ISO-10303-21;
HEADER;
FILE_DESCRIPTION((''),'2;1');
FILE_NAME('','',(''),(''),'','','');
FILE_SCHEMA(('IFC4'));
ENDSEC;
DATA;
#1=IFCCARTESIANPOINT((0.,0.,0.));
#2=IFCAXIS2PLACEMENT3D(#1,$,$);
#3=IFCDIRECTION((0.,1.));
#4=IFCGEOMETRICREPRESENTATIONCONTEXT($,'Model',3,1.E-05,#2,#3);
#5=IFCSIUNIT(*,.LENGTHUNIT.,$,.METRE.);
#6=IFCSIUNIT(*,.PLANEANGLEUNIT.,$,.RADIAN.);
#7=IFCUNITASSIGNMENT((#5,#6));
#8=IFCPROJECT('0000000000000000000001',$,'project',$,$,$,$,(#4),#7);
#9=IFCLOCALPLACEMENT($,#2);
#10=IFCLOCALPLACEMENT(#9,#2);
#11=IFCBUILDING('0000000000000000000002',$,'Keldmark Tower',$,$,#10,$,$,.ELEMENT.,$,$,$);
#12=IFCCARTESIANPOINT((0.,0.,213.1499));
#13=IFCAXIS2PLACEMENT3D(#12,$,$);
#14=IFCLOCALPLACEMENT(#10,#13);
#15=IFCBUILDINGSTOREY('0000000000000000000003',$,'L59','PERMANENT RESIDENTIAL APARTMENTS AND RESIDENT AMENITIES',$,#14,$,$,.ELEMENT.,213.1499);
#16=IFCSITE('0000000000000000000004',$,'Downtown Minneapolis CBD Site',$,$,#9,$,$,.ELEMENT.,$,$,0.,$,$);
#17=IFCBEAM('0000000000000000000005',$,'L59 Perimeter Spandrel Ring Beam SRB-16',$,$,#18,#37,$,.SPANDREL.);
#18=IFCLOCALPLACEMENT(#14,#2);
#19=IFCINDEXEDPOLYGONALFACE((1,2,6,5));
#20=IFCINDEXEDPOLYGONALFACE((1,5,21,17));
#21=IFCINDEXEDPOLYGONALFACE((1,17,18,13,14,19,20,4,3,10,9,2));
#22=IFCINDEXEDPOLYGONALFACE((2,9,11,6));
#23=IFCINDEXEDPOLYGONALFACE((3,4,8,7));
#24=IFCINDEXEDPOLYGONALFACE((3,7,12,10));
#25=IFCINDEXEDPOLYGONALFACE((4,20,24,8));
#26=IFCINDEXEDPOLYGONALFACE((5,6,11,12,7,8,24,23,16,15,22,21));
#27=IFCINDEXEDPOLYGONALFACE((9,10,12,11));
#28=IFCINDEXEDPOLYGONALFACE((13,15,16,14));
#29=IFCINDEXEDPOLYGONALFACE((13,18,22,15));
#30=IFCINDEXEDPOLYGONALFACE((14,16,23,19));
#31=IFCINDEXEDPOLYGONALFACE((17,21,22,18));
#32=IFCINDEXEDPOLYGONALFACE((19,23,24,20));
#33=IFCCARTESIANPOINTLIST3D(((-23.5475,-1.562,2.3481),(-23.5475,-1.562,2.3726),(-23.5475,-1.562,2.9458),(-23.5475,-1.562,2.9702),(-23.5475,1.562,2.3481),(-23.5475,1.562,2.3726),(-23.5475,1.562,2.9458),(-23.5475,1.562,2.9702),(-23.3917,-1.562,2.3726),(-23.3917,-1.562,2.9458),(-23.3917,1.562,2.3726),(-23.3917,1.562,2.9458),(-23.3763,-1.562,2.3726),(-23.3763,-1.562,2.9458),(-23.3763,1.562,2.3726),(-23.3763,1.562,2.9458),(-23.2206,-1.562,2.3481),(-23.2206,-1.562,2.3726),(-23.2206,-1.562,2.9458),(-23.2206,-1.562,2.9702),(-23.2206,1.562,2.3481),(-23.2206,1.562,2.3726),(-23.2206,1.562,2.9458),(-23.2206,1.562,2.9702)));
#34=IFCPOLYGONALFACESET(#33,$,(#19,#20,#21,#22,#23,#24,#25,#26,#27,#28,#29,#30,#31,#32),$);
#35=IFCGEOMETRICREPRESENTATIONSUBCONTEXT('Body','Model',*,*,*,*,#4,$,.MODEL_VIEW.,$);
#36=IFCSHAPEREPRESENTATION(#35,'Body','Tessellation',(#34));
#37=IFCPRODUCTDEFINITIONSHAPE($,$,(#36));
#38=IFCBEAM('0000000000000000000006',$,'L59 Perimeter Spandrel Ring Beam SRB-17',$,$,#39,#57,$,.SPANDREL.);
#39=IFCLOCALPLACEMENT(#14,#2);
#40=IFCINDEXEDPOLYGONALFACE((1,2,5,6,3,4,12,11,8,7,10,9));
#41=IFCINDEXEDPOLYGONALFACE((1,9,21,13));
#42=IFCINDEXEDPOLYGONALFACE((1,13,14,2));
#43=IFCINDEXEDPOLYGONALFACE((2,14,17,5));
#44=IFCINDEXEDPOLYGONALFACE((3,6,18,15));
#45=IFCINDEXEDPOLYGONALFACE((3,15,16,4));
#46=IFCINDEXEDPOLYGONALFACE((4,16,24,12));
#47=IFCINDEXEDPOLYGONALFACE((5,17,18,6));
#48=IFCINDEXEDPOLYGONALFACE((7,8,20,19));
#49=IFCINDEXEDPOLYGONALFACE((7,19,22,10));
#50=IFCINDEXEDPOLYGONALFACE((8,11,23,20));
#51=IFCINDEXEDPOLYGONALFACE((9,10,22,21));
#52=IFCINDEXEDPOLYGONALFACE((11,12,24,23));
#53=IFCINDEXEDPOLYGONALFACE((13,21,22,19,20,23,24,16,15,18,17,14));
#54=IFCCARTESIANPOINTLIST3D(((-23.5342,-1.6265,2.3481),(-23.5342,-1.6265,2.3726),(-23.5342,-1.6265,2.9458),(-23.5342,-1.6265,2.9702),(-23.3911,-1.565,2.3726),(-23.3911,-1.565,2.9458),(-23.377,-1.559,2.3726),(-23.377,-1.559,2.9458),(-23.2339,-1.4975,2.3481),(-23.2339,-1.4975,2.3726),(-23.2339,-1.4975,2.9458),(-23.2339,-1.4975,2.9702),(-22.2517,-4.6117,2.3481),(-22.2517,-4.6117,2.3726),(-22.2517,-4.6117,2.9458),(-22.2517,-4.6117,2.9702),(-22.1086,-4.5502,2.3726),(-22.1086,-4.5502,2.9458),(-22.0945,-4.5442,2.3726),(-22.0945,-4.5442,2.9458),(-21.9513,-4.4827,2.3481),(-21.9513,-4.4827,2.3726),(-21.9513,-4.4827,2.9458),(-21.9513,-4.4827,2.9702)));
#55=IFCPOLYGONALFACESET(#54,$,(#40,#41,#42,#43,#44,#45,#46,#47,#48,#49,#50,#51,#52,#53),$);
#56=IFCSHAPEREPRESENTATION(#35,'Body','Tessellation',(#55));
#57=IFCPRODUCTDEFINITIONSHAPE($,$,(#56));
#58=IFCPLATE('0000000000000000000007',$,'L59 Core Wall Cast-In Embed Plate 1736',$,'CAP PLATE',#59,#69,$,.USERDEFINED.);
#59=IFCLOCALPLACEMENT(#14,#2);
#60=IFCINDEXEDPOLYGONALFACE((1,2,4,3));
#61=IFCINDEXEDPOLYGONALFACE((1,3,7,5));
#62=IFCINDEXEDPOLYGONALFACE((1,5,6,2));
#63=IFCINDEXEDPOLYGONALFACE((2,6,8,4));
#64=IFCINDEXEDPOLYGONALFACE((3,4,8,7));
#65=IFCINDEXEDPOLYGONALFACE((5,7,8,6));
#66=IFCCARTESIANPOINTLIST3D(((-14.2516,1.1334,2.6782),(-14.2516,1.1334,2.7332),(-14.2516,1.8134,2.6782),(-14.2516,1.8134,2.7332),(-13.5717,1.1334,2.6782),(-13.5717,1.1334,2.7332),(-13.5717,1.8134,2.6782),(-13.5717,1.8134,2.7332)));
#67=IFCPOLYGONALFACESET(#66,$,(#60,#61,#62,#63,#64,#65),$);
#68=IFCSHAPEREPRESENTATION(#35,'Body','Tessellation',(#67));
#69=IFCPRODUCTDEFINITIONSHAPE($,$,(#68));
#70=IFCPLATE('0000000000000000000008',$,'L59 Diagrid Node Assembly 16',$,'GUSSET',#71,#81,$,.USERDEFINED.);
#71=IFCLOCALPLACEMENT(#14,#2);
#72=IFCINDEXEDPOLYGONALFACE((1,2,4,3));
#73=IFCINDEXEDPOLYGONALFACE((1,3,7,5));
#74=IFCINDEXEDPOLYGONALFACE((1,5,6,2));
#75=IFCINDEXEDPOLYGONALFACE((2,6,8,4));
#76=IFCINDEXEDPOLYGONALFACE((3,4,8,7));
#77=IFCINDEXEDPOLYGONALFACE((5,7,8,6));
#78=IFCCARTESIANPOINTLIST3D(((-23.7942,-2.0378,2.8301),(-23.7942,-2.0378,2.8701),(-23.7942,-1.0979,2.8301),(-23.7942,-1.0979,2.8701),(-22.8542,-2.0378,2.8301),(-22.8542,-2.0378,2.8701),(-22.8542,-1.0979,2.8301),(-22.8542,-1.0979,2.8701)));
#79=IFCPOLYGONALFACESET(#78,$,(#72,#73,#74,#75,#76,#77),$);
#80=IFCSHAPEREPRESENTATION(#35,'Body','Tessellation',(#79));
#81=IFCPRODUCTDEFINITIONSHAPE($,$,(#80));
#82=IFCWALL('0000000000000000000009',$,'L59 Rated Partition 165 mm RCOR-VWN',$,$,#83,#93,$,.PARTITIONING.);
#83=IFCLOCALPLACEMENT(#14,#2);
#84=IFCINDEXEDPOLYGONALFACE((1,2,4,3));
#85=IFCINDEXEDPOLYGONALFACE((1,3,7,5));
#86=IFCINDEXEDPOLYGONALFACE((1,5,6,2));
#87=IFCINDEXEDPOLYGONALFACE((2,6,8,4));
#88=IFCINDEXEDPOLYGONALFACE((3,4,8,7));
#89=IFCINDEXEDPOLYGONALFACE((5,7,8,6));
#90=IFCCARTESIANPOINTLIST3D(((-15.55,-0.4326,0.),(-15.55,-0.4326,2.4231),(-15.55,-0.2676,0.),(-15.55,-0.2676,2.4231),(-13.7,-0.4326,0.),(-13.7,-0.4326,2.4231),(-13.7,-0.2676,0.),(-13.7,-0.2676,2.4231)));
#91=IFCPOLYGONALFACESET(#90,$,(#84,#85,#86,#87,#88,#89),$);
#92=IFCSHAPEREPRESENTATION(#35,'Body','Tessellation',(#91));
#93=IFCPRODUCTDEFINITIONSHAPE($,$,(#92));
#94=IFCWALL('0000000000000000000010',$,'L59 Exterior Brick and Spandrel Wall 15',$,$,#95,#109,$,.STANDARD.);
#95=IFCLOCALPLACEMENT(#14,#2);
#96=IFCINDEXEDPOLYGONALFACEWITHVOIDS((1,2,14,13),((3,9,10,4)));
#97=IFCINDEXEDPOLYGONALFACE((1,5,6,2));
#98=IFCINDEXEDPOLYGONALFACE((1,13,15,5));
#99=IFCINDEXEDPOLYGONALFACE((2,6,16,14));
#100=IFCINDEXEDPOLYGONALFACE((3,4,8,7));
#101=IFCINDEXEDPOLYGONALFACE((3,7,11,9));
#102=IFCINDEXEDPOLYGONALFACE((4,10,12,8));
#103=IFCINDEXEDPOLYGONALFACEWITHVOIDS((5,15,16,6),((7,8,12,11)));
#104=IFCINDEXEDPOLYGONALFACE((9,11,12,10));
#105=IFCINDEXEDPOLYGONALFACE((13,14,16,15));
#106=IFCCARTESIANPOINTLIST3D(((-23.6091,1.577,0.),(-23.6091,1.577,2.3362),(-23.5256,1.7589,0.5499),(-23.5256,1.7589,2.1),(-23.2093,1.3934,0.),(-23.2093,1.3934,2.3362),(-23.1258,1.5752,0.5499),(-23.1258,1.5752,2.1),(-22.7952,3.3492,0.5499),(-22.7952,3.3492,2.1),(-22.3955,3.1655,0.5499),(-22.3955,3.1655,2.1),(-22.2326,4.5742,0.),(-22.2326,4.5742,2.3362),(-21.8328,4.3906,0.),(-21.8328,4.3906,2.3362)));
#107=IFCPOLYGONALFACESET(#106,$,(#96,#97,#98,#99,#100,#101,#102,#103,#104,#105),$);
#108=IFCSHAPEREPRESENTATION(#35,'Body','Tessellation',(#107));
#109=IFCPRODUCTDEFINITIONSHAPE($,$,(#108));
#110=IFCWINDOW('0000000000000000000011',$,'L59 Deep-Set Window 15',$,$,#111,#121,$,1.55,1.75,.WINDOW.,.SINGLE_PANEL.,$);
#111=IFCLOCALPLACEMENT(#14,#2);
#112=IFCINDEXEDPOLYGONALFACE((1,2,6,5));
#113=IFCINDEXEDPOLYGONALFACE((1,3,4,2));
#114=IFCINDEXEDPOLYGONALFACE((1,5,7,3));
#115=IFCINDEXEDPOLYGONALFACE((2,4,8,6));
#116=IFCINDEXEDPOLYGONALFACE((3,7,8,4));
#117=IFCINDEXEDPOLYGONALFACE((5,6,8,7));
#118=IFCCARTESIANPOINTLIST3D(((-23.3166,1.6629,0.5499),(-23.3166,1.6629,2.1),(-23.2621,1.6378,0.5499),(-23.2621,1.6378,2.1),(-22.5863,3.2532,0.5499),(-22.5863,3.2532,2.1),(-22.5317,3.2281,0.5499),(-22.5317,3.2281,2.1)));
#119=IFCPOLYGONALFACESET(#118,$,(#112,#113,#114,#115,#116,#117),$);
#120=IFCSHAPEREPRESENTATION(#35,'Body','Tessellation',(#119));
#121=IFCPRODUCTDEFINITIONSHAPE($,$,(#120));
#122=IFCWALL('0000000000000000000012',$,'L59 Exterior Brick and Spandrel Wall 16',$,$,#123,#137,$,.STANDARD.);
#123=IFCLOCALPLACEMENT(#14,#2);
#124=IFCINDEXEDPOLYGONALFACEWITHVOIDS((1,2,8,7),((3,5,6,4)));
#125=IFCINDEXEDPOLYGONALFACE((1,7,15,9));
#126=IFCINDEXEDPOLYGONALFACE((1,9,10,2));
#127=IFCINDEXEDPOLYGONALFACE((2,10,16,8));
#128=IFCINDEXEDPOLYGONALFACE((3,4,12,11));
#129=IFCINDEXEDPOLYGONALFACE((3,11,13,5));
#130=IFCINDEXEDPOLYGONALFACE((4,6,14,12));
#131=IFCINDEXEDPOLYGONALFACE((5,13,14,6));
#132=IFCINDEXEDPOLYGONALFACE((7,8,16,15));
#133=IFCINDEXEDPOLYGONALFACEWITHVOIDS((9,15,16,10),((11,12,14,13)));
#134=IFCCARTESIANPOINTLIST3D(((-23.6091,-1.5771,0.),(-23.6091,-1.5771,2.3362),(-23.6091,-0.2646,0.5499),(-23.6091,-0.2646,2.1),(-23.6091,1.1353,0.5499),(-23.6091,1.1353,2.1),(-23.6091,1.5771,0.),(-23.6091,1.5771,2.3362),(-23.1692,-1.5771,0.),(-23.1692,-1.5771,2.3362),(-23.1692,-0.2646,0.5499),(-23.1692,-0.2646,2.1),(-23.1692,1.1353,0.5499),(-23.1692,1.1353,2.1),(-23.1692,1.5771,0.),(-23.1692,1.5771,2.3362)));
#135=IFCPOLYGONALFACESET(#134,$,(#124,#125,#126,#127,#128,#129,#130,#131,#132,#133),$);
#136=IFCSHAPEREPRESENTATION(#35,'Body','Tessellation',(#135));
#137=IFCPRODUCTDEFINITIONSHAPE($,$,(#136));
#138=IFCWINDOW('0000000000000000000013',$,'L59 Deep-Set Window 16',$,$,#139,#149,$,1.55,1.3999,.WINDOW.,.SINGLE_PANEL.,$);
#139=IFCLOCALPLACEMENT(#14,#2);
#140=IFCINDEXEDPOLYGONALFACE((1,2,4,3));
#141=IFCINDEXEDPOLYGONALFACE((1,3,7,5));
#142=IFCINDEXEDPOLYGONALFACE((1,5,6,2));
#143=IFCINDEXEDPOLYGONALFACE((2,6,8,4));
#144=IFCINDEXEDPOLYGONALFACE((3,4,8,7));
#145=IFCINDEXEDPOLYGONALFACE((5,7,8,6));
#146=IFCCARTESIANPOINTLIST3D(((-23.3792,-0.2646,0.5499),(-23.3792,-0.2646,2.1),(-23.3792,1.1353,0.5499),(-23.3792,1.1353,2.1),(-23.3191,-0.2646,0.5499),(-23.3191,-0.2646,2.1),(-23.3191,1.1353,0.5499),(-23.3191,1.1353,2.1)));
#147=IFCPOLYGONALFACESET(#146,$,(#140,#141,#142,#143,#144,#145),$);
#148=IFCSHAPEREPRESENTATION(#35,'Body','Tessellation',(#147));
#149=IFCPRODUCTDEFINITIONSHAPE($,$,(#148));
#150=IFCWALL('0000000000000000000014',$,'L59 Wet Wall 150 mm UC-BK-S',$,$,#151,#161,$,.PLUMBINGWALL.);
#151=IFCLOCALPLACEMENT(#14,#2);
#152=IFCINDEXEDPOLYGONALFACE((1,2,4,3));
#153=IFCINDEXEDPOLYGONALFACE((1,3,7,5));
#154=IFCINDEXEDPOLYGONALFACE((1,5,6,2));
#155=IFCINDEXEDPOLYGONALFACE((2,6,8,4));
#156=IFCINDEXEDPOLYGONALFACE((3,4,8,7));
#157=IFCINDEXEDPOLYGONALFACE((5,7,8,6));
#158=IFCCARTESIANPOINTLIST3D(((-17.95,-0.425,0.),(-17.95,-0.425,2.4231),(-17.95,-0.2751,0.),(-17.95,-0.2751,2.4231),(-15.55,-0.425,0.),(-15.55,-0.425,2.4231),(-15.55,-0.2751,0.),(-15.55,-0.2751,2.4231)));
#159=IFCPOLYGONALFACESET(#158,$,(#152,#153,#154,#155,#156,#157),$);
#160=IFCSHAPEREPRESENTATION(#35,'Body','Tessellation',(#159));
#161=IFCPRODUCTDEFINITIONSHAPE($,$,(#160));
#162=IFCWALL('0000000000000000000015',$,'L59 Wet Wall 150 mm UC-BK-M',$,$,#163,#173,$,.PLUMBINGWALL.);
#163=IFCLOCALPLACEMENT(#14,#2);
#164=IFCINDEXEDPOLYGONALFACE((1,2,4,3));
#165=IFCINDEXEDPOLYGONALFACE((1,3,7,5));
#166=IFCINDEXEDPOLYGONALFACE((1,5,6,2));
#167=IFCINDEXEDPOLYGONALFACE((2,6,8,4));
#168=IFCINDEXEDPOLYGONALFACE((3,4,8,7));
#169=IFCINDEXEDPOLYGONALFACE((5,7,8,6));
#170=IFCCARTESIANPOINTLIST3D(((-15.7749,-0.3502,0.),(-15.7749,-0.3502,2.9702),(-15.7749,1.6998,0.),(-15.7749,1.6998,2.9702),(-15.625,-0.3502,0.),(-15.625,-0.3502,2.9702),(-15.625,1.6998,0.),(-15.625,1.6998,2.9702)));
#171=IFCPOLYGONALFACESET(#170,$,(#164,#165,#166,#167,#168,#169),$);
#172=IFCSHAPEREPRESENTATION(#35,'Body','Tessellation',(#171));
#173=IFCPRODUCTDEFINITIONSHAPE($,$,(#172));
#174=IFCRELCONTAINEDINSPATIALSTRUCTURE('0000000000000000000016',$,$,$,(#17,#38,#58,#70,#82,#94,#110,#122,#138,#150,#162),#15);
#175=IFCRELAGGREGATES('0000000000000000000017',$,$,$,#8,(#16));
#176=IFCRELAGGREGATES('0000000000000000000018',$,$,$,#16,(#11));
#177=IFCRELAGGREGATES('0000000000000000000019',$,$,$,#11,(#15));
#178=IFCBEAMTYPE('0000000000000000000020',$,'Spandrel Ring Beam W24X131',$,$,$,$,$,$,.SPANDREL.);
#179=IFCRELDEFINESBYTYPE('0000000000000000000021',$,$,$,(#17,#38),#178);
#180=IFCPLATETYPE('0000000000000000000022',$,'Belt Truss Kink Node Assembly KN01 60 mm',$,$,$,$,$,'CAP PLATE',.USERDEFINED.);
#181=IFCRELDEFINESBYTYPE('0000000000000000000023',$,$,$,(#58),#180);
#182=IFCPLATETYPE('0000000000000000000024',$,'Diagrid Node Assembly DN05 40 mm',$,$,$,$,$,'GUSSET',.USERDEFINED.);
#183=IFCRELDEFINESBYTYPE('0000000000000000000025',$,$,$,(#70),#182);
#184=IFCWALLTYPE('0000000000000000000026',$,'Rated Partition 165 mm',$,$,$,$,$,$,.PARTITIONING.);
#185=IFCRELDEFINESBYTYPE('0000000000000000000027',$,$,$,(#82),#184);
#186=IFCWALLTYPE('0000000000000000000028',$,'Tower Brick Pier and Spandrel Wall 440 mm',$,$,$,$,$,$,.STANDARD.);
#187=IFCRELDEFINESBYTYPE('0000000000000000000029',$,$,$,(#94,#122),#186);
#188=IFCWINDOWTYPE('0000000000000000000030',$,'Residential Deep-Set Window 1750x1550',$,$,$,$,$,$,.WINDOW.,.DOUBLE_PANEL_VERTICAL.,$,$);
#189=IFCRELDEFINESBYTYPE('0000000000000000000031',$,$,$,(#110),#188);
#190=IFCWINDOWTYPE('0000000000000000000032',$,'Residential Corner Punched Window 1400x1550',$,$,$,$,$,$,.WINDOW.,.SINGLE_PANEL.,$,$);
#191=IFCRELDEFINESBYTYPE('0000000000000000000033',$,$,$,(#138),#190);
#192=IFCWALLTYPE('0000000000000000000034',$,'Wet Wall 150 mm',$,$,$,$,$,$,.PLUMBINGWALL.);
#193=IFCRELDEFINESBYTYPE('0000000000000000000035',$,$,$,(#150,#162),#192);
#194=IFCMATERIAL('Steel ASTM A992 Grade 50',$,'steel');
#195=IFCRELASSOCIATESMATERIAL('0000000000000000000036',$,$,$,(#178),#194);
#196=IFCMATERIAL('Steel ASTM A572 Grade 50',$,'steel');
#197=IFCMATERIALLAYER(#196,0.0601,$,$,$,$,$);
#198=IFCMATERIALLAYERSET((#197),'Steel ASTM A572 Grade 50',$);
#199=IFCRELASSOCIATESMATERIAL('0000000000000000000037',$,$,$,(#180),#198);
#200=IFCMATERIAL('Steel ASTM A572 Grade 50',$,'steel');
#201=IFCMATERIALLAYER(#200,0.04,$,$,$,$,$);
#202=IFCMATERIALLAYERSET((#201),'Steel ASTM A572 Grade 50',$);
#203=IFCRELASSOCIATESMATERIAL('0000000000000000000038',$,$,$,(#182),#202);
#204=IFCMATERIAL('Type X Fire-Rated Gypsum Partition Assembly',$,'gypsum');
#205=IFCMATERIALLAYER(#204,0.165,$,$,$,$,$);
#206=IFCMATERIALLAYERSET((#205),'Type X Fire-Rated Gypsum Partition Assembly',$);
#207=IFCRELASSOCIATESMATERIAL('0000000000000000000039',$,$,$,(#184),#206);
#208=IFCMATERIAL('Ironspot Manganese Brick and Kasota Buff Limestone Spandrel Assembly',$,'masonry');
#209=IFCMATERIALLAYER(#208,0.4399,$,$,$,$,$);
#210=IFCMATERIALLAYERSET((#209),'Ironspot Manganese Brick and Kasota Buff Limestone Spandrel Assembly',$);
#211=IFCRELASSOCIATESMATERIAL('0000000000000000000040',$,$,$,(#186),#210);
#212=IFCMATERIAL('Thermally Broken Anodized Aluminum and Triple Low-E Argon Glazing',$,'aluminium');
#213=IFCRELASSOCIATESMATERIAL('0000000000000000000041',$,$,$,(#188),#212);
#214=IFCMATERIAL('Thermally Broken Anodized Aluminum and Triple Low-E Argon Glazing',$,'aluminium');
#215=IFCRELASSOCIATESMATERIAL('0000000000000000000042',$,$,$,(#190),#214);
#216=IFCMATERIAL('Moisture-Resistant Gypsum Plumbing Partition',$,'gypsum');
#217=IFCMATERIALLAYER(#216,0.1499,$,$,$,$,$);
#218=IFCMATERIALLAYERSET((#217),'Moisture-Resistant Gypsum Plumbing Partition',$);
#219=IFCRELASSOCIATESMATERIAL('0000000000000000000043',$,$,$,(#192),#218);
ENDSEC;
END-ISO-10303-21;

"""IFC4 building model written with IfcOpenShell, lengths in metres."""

from ifc_helpers import new_model, si_unit, direction, frame, frame_2d, origin, origin_2d, place, context, subcontext, project, spatial, rectangle, i_section, extrude, material, layer, layer_set, material_profile, profile_set, type_object, element, fill, save


model = new_model("IFC4")

# Units and contexts
model_context = context("Model", 3, precision=1e-05, world=origin(), true_north=direction((0.0, 1.0)))
body_context = subcontext(model_context, "Body", "Model", "MODEL_VIEW")
ifc_project = project(units=[si_unit("LENGTHUNIT", "METRE"), si_unit("PLANEANGLEUNIT", "RADIAN")], contexts=[model_context])

# Site, building, storey
site_placement = place(None, origin())
site = spatial("IfcSite", under=ifc_project, at=site_placement, Name="Downtown Minneapolis CBD Site", CompositionType="ELEMENT", RefElevation=0.0)
building_placement = place(site_placement, origin())
building = spatial("IfcBuilding", under=site, at=building_placement, Name="Keldmark Tower", CompositionType="ELEMENT")
storey_placement = place(building_placement, frame((0.0, 0.0, 213.1499)))
storey = spatial("IfcBuildingStorey", under=building, at=storey_placement, Name="L59", Description="PERMANENT RESIDENTIAL APARTMENTS AND RESIDENT AMENITIES", CompositionType="ELEMENT", Elevation=213.1499)

# Beams
ifc_material_1 = material(Name="Steel ASTM A992 Grade 50", Category="steel")
ifc_material_profile_1 = material_profile(ifc_material_1, i_section(OverallWidth=0.3269, OverallDepth=0.6221, WebThickness=0.0154, FlangeThickness=0.0244, at=origin_2d()), Name="W24X131")
ifc_profile_set_1 = profile_set([ifc_material_profile_1], Name="Steel ASTM A992 Grade 50")
beam_type_1 = type_object("IfcBeamType", Name="Spandrel Ring Beam W24X131", PredefinedType="SPANDREL", material=ifc_profile_set_1)
beam_1_placement = place(storey_placement, frame((-23.384, 1.562, 2.6592), z_axis=(0.0, -1.0, 0.0), x_axis=(1.0, 0.0, 0.0)))
element("IfcBeam", 1, at=beam_1_placement, inside=storey, type_object=beam_type_1, Name="L59 Perimeter Spandrel Ring Beam SRB-16", PredefinedType="SPANDREL", context=body_context, shape_type="SweptSolid", body=[
    extrude(i_section(OverallWidth=0.3269, OverallDepth=0.6221, WebThickness=0.0154, FlangeThickness=0.0244, at=origin_2d()), origin(), (0.0, 0.0, 1.0), 3.124),
])
beam_2_placement = place(storey_placement, frame((-23.384, -1.562, 2.6592), z_axis=(0.394735, -0.918795, 0.0), x_axis=(0.918795, 0.394735, 0.0)))
element("IfcBeam", 2, at=beam_2_placement, inside=storey, type_object=beam_type_1, Name="L59 Perimeter Spandrel Ring Beam SRB-17", PredefinedType="SPANDREL", context=body_context, shape_type="SweptSolid", body=[
    extrude(i_section(OverallWidth=0.3269, OverallDepth=0.6221, WebThickness=0.0154, FlangeThickness=0.0244, at=origin_2d()), origin(), (0.0, 0.0, 1.0), 3.249),
])

# Plates
ifc_material_2 = material(Name="Steel ASTM A572 Grade 50", Category="steel")
ifc_layer_1 = layer(ifc_material_2, 0.0601)
ifc_layer_set_1 = layer_set([ifc_layer_1], Name="Steel ASTM A572 Grade 50")
plate_type_1 = type_object("IfcPlateType", Name="Belt Truss Kink Node Assembly KN01 60 mm", ElementType="CAP PLATE", PredefinedType="USERDEFINED", material=ifc_layer_set_1)
plate_1_placement = place(storey_placement, frame((-13.9116, 1.4734, 2.6782), z_axis=(0.0, 0.0, 1.0), x_axis=(1.0, 0.0, 0.0)))
element("IfcPlate", 3, at=plate_1_placement, inside=storey, type_object=plate_type_1, Name="L59 Core Wall Cast-In Embed Plate 1736", ObjectType="CAP PLATE", PredefinedType="USERDEFINED", context=body_context, shape_type="SweptSolid", body=[
    extrude(rectangle(XDim=0.6799, YDim=0.6799, at=origin_2d()), origin(), (0.0, 0.0, 1.0), 0.0549),
])
ifc_material_3 = material(Name="Steel ASTM A572 Grade 50", Category="steel")
ifc_layer_2 = layer(ifc_material_3, 0.04)
ifc_layer_set_2 = layer_set([ifc_layer_2], Name="Steel ASTM A572 Grade 50")
plate_type_2 = type_object("IfcPlateType", Name="Diagrid Node Assembly DN05 40 mm", ElementType="GUSSET", PredefinedType="USERDEFINED", material=ifc_layer_set_2)
plate_2_placement = place(storey_placement, frame((-23.3242, -1.5679, 2.8301), z_axis=(0.0, 0.0, 1.0), x_axis=(0.0, -1.0, 0.0)))
element("IfcPlate", 4, at=plate_2_placement, inside=storey, type_object=plate_type_2, Name="L59 Diagrid Node Assembly 16", ObjectType="GUSSET", PredefinedType="USERDEFINED", context=body_context, shape_type="SweptSolid", body=[
    extrude(rectangle(XDim=0.9399, YDim=0.9399, at=origin_2d()), origin(), (0.0, 0.0, 1.0), 0.04),
])

# Wall
ifc_material_4 = material(Name="Type X Fire-Rated Gypsum Partition Assembly", Category="gypsum")
ifc_layer_3 = layer(ifc_material_4, 0.165)
ifc_layer_set_3 = layer_set([ifc_layer_3], Name="Type X Fire-Rated Gypsum Partition Assembly")
wall_type_1 = type_object("IfcWallType", Name="Rated Partition 165 mm", PredefinedType="PARTITIONING", material=ifc_layer_set_3)
wall_1_placement = place(storey_placement, frame((-15.55, -0.3501, 0.0), z_axis=(0.0, 0.0, 1.0), x_axis=(1.0, 0.0, 0.0)))
element("IfcWall", 5, at=wall_1_placement, inside=storey, type_object=wall_type_1, Name="L59 Rated Partition 165 mm RCOR-VWN", PredefinedType="PARTITIONING", context=body_context, shape_type="SweptSolid", body=[
    extrude(rectangle(XDim=1.8501, YDim=0.165, at=frame_2d((0.925, 0.0))), origin(), (0.0, 0.0, 1.0), 2.4231),
])

# Walls, openings, windows
ifc_material_5 = material(Name="Ironspot Manganese Brick and Kasota Buff Limestone Spandrel Assembly", Category="masonry")
ifc_layer_4 = layer(ifc_material_5, 0.4399)
ifc_layer_set_4 = layer_set([ifc_layer_4], Name="Ironspot Manganese Brick and Kasota Buff Limestone Spandrel Assembly")
wall_type_2 = type_object("IfcWallType", Name="Tower Brick Pier and Spandrel Wall 440 mm", PredefinedType="STANDARD", material=ifc_layer_set_4)
wall_2_placement = place(storey_placement, frame((-23.4092, 1.4854, 0.0), z_axis=(0.0, 0.0, 1.0), x_axis=(0.417358, 0.908742, 0.0)))
wall_2 = element("IfcWall", 6, at=wall_2_placement, inside=storey, type_object=wall_type_2, Name="L59 Exterior Brick and Spandrel Wall 15", PredefinedType="STANDARD", context=body_context, shape_type="SweptSolid", body=[
    extrude(rectangle(XDim=3.2981, YDim=0.4399, at=frame_2d((1.6489, 0.0))), origin(), (0.0, 0.0, 1.0), 2.3362),
])
opening_1_placement = place(wall_2_placement, frame((0.2, 0.0, 0.55)))
opening_1 = element("IfcOpeningElement", 7, at=opening_1_placement, cuts=wall_2, PredefinedType="OPENING", context=body_context, shape_type="SweptSolid", body=[
    extrude(rectangle(XDim=1.75, YDim=1.55, at=frame_2d((0.875, 0.7749))), frame((0.0, 0.23, 0.0), z_axis=(0.0, -1.0, 0.0), x_axis=(1.0, 0.0, 0.0)), (0.0, 0.0, 1.0), 0.46),
])
ifc_material_6 = material(Name="Thermally Broken Anodized Aluminum and Triple Low-E Argon Glazing", Category="aluminium")
window_type_1 = type_object("IfcWindowType", Name="Residential Deep-Set Window 1750x1550", PartitioningType="DOUBLE_PANEL_VERTICAL", PredefinedType="WINDOW", material=ifc_material_6)
window_1_placement = place(opening_1_placement, origin())
window_1 = element("IfcWindow", 8, at=window_1_placement, inside=storey, type_object=window_type_1, Name="L59 Deep-Set Window 15", OverallHeight=1.55, OverallWidth=1.75, PartitioningType="SINGLE_PANEL", PredefinedType="WINDOW", context=body_context, shape_type="SweptSolid", body=[
    extrude(rectangle(XDim=1.75, YDim=1.55, at=frame_2d((0.875, 0.7749))), frame((0.0, -0.01, 0.0), z_axis=(0.0, -1.0, 0.0), x_axis=(1.0, 0.0, 0.0)), (0.0, 0.0, 1.0), 0.0601),
])
fill(opening_1, window_1)
wall_3_placement = place(storey_placement, frame((-23.3892, -1.5771, 0.0), z_axis=(0.0, 0.0, 1.0), x_axis=(0.0, 1.0, 0.0)))
wall_3 = element("IfcWall", 9, at=wall_3_placement, inside=storey, type_object=wall_type_2, Name="L59 Exterior Brick and Spandrel Wall 16", PredefinedType="STANDARD", context=body_context, shape_type="SweptSolid", body=[
    extrude(rectangle(XDim=3.1543, YDim=0.4399, at=frame_2d((1.5771, 0.0))), origin(), (0.0, 0.0, 1.0), 2.3362),
])
opening_2_placement = place(wall_3_placement, frame((1.3125, 0.0, 0.55)))
opening_2 = element("IfcOpeningElement", 10, at=opening_2_placement, cuts=wall_3, PredefinedType="OPENING", context=body_context, shape_type="SweptSolid", body=[
    extrude(rectangle(XDim=1.3999, YDim=1.55, at=frame_2d((0.7, 0.7749))), frame((0.0, 0.23, 0.0), z_axis=(0.0, -1.0, 0.0), x_axis=(1.0, 0.0, 0.0)), (0.0, 0.0, 1.0), 0.46),
])
ifc_material_7 = material(Name="Thermally Broken Anodized Aluminum and Triple Low-E Argon Glazing", Category="aluminium")
window_type_2 = type_object("IfcWindowType", Name="Residential Corner Punched Window 1400x1550", PartitioningType="SINGLE_PANEL", PredefinedType="WINDOW", material=ifc_material_7)
window_2_placement = place(opening_2_placement, origin())
window_2 = element("IfcWindow", 11, at=window_2_placement, inside=storey, type_object=window_type_2, Name="L59 Deep-Set Window 16", OverallHeight=1.55, OverallWidth=1.3999, PartitioningType="SINGLE_PANEL", PredefinedType="WINDOW", context=body_context, shape_type="SweptSolid", body=[
    extrude(rectangle(XDim=1.3999, YDim=1.55, at=frame_2d((0.7, 0.7749))), frame((0.0, -0.01, 0.0), z_axis=(0.0, -1.0, 0.0), x_axis=(1.0, 0.0, 0.0)), (0.0, 0.0, 1.0), 0.0601),
])
fill(opening_2, window_2)

# Walls
ifc_material_8 = material(Name="Moisture-Resistant Gypsum Plumbing Partition", Category="gypsum")
ifc_layer_5 = layer(ifc_material_8, 0.1499)
ifc_layer_set_5 = layer_set([ifc_layer_5], Name="Moisture-Resistant Gypsum Plumbing Partition")
wall_type_3 = type_object("IfcWallType", Name="Wet Wall 150 mm", PredefinedType="PLUMBINGWALL", material=ifc_layer_set_5)
wall_4_placement = place(storey_placement, frame((-17.95, -0.3501, 0.0), z_axis=(0.0, 0.0, 1.0), x_axis=(1.0, 0.0, 0.0)))
element("IfcWall", 12, at=wall_4_placement, inside=storey, type_object=wall_type_3, Name="L59 Wet Wall 150 mm UC-BK-S", PredefinedType="PLUMBINGWALL", context=body_context, shape_type="SweptSolid", body=[
    extrude(rectangle(XDim=2.3999, YDim=0.1499, at=frame_2d((1.2, 0.0))), origin(), (0.0, 0.0, 1.0), 2.4231),
])
wall_5_placement = place(storey_placement, frame((-15.7, -0.3501, 0.0), z_axis=(0.0, 0.0, 1.0), x_axis=(0.0, 1.0, 0.0)))
element("IfcWall", 13, at=wall_5_placement, inside=storey, type_object=wall_type_3, Name="L59 Wet Wall 150 mm UC-BK-M", PredefinedType="PLUMBINGWALL", context=body_context, shape_type="SweptSolid", body=[
    extrude(rectangle(XDim=2.05, YDim=0.1499, at=frame_2d((1.0249, 0.0))), origin(), (0.0, 0.0, 1.0), 2.9702),
])

save(model, "model.ifc")
